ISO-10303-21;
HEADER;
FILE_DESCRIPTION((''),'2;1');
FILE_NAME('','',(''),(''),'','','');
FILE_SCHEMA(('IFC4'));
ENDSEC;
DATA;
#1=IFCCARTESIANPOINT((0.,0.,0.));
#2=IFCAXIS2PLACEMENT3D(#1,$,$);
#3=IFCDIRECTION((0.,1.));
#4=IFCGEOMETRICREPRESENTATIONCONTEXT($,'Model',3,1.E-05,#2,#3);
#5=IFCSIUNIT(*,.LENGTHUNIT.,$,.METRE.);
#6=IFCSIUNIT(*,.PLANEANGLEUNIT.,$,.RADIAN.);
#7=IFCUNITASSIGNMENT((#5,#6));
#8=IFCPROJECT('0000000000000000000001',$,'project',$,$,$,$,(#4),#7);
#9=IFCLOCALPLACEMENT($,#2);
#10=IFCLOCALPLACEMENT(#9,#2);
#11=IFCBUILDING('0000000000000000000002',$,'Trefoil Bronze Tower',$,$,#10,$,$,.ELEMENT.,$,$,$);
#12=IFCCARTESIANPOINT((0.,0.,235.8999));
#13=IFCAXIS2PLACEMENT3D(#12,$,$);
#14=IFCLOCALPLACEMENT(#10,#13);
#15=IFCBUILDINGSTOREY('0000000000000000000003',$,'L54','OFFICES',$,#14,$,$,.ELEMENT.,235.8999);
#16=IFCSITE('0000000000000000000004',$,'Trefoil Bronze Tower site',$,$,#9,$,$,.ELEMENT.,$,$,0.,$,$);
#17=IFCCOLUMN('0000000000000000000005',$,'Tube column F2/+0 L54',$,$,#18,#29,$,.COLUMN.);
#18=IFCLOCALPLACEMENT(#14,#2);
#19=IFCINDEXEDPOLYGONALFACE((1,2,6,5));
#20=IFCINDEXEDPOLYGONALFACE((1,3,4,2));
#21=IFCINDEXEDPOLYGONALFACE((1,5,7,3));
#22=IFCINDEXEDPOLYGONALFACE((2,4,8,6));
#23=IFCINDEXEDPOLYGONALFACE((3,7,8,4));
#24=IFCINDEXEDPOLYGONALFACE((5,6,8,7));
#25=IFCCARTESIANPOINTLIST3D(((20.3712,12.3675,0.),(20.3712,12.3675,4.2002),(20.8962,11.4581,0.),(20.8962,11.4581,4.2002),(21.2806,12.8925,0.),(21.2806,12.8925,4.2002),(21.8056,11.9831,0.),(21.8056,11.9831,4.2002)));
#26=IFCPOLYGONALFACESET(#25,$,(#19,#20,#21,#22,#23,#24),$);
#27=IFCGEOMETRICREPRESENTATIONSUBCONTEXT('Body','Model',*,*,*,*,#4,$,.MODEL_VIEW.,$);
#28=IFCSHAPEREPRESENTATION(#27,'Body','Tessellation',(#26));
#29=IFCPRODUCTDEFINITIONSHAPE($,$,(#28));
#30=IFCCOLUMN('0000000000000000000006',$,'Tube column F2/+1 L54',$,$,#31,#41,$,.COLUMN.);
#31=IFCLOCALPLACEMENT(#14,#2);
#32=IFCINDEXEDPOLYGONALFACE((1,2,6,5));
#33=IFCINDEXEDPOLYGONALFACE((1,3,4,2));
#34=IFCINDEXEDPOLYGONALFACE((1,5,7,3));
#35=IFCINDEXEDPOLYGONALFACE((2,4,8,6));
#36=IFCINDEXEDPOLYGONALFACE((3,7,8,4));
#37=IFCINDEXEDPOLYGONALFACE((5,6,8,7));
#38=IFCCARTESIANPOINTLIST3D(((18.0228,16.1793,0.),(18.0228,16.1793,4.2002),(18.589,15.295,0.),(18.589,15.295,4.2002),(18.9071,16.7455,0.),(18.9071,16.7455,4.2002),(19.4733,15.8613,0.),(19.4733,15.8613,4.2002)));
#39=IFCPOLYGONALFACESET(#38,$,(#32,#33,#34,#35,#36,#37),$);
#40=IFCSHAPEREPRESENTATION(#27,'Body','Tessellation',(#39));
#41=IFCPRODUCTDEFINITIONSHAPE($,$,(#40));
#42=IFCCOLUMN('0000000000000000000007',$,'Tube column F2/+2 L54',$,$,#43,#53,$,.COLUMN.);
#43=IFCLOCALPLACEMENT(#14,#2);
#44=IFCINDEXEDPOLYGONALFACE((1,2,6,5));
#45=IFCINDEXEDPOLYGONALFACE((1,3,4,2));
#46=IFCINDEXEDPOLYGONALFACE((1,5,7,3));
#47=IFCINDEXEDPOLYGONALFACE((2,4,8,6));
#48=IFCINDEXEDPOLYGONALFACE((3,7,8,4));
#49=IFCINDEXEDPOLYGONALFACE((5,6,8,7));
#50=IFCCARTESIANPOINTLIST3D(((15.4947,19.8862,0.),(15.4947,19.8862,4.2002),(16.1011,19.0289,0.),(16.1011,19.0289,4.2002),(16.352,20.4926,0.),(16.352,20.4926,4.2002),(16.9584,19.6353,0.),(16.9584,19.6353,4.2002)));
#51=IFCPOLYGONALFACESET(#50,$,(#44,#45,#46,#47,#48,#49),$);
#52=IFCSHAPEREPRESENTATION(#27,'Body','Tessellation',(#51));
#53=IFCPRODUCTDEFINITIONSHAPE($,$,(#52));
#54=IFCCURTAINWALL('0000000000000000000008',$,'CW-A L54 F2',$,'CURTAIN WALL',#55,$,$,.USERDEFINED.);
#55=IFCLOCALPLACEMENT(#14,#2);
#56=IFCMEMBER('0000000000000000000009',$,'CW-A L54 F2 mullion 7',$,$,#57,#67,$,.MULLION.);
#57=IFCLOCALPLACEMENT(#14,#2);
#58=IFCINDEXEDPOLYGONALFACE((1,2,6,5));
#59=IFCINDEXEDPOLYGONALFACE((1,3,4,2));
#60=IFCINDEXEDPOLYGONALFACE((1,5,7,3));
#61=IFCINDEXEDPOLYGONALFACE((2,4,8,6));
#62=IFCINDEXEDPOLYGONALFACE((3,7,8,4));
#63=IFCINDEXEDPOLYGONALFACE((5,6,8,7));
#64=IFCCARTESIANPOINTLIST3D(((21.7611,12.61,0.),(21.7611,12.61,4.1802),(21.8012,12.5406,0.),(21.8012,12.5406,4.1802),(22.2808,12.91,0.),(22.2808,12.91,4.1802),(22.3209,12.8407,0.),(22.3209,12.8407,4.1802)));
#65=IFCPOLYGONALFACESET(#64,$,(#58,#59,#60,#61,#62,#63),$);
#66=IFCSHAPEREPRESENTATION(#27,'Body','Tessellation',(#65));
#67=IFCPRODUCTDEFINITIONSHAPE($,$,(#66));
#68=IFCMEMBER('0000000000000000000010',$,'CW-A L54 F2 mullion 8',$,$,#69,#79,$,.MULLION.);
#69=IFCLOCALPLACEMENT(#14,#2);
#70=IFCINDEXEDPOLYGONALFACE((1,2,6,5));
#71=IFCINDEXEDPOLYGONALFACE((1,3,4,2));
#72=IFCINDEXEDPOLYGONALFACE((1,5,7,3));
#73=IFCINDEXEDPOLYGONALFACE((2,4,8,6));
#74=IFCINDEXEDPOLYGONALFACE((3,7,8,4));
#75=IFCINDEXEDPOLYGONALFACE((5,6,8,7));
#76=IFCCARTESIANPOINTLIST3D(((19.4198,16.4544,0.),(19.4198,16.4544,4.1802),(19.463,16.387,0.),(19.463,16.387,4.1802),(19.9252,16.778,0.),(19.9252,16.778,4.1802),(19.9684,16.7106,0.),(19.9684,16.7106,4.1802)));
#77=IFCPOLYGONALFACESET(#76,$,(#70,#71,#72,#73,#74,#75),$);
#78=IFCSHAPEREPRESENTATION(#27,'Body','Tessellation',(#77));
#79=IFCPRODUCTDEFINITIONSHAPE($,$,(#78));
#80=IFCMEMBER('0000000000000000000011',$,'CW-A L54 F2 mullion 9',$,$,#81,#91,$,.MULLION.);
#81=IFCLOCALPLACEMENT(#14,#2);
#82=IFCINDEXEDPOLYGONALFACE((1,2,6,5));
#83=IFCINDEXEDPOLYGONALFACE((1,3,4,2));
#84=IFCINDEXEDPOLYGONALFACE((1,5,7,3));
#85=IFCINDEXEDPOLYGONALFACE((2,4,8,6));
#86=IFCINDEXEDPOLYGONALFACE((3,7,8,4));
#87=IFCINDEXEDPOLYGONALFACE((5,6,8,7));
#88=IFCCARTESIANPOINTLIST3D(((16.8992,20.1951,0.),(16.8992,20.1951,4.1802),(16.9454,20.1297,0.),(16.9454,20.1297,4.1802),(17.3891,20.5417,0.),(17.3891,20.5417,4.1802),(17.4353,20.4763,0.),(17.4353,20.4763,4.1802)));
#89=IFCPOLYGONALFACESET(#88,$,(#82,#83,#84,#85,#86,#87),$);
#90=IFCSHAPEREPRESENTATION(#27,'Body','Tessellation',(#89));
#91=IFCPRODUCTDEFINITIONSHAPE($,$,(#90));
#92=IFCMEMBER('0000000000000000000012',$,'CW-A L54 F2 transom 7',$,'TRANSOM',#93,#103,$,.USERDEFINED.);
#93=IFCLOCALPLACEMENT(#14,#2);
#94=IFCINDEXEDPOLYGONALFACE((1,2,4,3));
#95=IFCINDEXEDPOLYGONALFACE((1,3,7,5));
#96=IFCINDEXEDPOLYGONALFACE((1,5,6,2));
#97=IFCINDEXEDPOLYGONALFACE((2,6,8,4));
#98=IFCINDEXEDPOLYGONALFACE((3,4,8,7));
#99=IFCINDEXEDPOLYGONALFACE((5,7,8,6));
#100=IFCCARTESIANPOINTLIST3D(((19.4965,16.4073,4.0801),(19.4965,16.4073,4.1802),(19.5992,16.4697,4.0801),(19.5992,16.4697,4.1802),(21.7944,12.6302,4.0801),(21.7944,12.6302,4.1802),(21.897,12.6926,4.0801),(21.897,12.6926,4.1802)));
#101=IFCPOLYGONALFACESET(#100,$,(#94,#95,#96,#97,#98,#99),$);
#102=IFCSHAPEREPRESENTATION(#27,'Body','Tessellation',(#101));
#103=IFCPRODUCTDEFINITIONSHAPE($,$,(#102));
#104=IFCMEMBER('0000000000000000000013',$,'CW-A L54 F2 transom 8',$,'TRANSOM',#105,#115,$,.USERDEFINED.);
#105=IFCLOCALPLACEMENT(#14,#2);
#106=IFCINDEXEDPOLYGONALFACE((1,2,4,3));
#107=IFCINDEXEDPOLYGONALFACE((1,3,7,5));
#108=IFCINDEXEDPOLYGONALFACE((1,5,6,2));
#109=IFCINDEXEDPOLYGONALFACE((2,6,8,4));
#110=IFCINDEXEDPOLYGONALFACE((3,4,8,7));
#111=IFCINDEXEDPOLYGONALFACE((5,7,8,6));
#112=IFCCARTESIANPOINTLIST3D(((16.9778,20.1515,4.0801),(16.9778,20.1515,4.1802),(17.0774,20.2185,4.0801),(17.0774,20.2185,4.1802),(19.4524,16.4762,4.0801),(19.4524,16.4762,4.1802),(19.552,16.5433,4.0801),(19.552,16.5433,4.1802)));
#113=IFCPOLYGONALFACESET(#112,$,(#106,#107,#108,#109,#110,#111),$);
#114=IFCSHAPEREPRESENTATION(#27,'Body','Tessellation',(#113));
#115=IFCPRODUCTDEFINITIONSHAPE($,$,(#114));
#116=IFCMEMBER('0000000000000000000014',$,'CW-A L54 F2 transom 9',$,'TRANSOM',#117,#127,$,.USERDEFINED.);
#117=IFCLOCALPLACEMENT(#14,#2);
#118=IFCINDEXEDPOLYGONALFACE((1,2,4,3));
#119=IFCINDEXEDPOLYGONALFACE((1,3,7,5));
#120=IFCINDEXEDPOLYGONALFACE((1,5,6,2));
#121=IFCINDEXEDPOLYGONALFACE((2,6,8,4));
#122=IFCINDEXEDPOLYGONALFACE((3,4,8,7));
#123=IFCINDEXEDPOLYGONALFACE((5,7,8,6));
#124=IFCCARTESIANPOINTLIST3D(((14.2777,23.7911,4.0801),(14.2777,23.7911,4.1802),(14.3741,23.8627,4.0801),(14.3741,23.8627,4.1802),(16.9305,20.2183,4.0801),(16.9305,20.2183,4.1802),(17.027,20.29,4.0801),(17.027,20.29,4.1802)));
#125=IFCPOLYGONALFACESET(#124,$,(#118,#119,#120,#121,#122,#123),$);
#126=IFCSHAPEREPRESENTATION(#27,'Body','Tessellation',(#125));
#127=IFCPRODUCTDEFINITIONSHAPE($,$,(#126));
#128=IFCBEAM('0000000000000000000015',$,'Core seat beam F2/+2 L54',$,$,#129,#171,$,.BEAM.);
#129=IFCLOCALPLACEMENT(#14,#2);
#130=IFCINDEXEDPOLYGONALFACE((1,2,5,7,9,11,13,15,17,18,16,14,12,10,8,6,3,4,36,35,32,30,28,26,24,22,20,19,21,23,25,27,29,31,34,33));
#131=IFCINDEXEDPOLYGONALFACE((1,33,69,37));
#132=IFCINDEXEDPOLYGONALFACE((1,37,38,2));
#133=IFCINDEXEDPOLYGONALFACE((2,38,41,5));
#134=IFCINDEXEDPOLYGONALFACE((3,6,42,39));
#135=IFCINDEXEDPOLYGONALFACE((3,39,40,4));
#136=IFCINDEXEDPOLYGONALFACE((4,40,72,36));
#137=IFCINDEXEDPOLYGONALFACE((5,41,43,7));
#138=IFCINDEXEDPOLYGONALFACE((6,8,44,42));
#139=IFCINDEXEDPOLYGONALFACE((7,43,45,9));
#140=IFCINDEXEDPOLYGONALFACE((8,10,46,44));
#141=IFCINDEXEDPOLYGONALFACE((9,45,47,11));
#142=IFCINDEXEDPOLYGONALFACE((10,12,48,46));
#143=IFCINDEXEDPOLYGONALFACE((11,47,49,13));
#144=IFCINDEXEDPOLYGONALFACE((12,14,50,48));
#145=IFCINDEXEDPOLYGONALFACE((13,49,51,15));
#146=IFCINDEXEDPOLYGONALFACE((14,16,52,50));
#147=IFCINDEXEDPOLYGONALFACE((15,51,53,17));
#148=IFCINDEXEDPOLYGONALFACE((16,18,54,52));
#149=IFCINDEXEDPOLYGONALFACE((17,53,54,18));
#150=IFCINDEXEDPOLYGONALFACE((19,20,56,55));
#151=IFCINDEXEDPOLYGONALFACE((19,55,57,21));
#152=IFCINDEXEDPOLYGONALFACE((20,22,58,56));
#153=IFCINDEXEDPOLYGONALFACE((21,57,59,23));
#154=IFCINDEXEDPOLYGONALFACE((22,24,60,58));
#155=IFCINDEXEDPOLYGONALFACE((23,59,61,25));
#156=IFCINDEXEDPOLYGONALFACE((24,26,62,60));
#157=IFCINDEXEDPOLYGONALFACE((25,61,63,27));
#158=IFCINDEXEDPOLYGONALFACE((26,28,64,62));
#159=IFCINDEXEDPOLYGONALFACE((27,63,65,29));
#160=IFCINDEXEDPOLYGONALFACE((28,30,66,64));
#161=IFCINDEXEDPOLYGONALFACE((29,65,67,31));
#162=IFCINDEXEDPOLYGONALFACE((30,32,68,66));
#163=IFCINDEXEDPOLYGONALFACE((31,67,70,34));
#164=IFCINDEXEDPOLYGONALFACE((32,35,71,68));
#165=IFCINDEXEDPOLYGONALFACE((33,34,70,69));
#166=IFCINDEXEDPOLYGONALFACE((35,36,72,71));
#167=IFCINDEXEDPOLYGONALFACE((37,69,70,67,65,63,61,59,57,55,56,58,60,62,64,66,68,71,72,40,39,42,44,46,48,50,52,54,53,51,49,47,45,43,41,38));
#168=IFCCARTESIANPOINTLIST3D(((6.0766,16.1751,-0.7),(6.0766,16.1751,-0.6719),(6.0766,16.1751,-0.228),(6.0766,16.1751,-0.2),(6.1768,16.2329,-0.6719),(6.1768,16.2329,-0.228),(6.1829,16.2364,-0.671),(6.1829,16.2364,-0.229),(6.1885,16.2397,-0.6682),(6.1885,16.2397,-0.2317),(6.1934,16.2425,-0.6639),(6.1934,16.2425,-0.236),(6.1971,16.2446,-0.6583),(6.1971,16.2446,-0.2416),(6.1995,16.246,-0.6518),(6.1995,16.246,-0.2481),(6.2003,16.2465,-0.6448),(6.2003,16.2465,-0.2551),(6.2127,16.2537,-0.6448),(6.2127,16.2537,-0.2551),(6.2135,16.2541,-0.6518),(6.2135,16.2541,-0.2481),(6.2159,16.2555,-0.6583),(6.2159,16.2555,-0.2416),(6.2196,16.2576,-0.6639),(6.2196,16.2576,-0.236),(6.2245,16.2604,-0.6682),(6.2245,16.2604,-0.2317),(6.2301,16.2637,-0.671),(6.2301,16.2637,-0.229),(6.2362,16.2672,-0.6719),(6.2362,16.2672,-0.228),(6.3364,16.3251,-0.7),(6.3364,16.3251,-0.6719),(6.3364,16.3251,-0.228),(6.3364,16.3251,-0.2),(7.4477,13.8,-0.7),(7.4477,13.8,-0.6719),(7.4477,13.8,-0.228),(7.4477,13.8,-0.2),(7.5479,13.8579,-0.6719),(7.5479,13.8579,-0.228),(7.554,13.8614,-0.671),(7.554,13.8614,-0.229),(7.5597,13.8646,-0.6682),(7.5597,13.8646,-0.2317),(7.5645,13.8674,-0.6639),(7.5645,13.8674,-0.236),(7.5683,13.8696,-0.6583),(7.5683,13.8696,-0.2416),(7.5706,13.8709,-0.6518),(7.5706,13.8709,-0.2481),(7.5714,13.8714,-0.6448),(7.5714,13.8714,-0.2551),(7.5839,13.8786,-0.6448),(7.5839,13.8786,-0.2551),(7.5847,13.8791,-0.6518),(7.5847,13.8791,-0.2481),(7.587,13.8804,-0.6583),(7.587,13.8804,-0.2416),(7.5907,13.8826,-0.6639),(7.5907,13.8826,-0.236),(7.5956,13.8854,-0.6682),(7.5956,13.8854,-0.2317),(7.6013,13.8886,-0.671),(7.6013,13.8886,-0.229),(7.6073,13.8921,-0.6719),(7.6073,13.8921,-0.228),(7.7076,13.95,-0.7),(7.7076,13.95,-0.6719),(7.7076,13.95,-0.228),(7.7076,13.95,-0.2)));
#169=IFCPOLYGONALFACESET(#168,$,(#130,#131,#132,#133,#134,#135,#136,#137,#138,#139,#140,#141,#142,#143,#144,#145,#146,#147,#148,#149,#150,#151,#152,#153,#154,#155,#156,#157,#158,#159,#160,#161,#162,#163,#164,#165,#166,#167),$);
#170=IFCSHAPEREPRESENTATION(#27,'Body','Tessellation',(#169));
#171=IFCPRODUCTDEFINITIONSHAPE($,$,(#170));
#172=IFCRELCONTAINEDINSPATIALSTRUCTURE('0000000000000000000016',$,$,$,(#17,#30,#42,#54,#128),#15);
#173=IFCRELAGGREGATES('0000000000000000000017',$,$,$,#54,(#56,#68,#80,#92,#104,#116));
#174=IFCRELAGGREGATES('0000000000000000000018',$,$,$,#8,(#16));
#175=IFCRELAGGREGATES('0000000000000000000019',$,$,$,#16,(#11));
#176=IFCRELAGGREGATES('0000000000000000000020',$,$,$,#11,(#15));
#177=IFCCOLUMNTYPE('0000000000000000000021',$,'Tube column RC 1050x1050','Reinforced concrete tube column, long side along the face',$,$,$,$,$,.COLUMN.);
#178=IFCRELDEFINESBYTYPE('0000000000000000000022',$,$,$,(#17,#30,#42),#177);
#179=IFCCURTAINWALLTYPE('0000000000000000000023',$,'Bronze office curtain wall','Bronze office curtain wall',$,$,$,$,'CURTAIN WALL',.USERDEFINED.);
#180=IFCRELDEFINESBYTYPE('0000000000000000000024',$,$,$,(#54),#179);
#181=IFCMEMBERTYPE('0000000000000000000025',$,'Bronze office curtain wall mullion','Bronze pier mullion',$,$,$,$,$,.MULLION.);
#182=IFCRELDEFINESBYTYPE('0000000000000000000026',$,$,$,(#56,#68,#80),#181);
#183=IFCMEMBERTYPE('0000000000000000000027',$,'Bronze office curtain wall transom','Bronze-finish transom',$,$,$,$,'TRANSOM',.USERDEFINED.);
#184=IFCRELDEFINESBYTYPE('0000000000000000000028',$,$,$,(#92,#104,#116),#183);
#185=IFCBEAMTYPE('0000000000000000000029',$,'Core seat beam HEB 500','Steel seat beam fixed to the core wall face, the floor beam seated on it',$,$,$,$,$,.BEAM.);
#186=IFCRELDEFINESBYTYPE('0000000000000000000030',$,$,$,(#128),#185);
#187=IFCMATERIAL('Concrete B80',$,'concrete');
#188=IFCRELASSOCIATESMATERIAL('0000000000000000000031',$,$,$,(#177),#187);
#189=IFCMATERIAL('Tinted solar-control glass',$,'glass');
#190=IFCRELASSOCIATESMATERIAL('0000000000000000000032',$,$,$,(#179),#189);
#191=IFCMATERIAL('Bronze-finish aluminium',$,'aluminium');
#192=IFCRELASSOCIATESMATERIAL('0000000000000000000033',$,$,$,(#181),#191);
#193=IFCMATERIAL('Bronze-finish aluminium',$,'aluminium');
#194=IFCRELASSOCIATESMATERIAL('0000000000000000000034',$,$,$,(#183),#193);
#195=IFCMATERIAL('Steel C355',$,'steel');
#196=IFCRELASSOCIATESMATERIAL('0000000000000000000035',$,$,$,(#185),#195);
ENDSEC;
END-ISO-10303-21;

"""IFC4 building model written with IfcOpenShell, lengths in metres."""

from ifc_helpers import new_model, si_unit, direction, frame, origin, origin_2d, place, context, subcontext, project, spatial, rectangle, i_section, extrude, material, material_profile, profile_set, type_object, element, aggregate, save


model = new_model("IFC4")

# Units and contexts
model_context = context("Model", 3, precision=1e-05, world=origin(), true_north=direction((0.0, 1.0)))
body_context = subcontext(model_context, "Body", "Model", "MODEL_VIEW")
ifc_project = project(units=[si_unit("LENGTHUNIT", "METRE"), si_unit("PLANEANGLEUNIT", "RADIAN")], contexts=[model_context])

# Site, building, storey
site_placement = place(None, origin())
site = spatial("IfcSite", under=ifc_project, at=site_placement, Name="Trefoil Bronze Tower site", CompositionType="ELEMENT", RefElevation=0.0)
building_placement = place(site_placement, origin())
building = spatial("IfcBuilding", under=site, at=building_placement, Name="Trefoil Bronze Tower", CompositionType="ELEMENT")
storey_placement = place(building_placement, frame((0.0, 0.0, 235.8999)))
storey = spatial("IfcBuildingStorey", under=building, at=storey_placement, Name="L54", Description="OFFICES", CompositionType="ELEMENT", Elevation=235.8999)

# Columns
ifc_material_1 = material(Name="Concrete B80", Category="concrete")
ifc_material_profile_1 = material_profile(ifc_material_1, rectangle(XDim=1.05, YDim=1.05, at=origin_2d()), Name="RC 1050x1050")
ifc_profile_set_1 = profile_set([ifc_material_profile_1], Name="Concrete B80")
column_type = type_object("IfcColumnType", Name="Tube column RC 1050x1050", Description="Reinforced concrete tube column, long side along the face", PredefinedType="COLUMN", material=ifc_profile_set_1)
for number, where, z_axis, x_axis, name in (
    (1, (21.0884, 12.1753, 0.0), (0.0, 0.0, 1.0), (-0.5, 0.866025, 0.0), "Tube column F2/+0 L54"),
    (2, (18.748, 16.0203, 0.0), (0.0, 0.0, 1.0), (-0.53927, 0.842133, 0.0), "Tube column F2/+1 L54"),
    (3, (16.2266, 19.7607, 0.0), (0.0, 0.0, 1.0), (-0.577481, 0.816404, 0.0), "Tube column F2/+2 L54"),
):
    element("IfcColumn", number, at=place(storey_placement, frame(where, z_axis=z_axis, x_axis=x_axis)), inside=storey, type_object=column_type, Name=name, PredefinedType="COLUMN", context=body_context, shape_type="SweptSolid", body=[
        extrude(rectangle(XDim=1.05, YDim=1.05, at=origin_2d()), origin(), (0.0, 0.0, 1.0), 4.2002),
    ])

# Curtain wall, members
ifc_material_2 = material(Name="Tinted solar-control glass", Category="glass")
curtain_wall_type = type_object("IfcCurtainWallType", Name="Bronze office curtain wall", Description="Bronze office curtain wall", ElementType="CURTAIN WALL", PredefinedType="USERDEFINED", material=ifc_material_2)
curtain_wall_placement = place(storey_placement, origin())
curtain_wall = element("IfcCurtainWall", 4, at=curtain_wall_placement, inside=storey, type_object=curtain_wall_type, Name="CW-A L54 F2", ObjectType="CURTAIN WALL", PredefinedType="USERDEFINED")
ifc_material_3 = material(Name="Bronze-finish aluminium", Category="aluminium")
ifc_material_profile_2 = material_profile(ifc_material_3, rectangle(XDim=0.6001, YDim=0.0801, at=origin_2d()), Name="CW-A mullion")
ifc_profile_set_2 = profile_set([ifc_material_profile_2], Name="Bronze-finish aluminium")
member_type_1 = type_object("IfcMemberType", Name="Bronze office curtain wall mullion", Description="Bronze pier mullion", PredefinedType="MULLION", material=ifc_profile_set_2)
member_1_placement = place(storey_placement, frame((22.041, 12.7253, 0.0), z_axis=(0.0, 0.0, 1.0), x_axis=(-0.866025, -0.5, 0.0)))
member_1 = element("IfcMember", 5, at=member_1_placement, type_object=member_type_1, Name="CW-A L54 F2 mullion 7", PredefinedType="MULLION", context=body_context, shape_type="SweptSolid", body=[
    extrude(rectangle(XDim=0.6001, YDim=0.0801, at=origin_2d()), origin(), (0.0, 0.0, 1.0), 4.1802),
])
member_2_placement = place(storey_placement, frame((19.6941, 16.5825, 0.0), z_axis=(0.0, 0.0, 1.0), x_axis=(-0.842133, -0.53927, 0.0)))
member_2 = element("IfcMember", 6, at=member_2_placement, type_object=member_type_1, Name="CW-A L54 F2 mullion 8", PredefinedType="MULLION", context=body_context, shape_type="SweptSolid", body=[
    extrude(rectangle(XDim=0.6001, YDim=0.0801, at=origin_2d()), origin(), (0.0, 0.0, 1.0), 4.1802),
])
member_3_placement = place(storey_placement, frame((17.1672, 20.3357, 0.0), z_axis=(0.0, 0.0, 1.0), x_axis=(-0.816404, -0.577481, 0.0)))
member_3 = element("IfcMember", 7, at=member_3_placement, type_object=member_type_1, Name="CW-A L54 F2 mullion 9", PredefinedType="MULLION", context=body_context, shape_type="SweptSolid", body=[
    extrude(rectangle(XDim=0.6001, YDim=0.0801, at=origin_2d()), origin(), (0.0, 0.0, 1.0), 4.1802),
])
ifc_material_4 = material(Name="Bronze-finish aluminium", Category="aluminium")
ifc_material_profile_3 = material_profile(ifc_material_4, rectangle(XDim=0.1201, YDim=0.1001, at=origin_2d()), Name="CW-A transom")
ifc_profile_set_3 = profile_set([ifc_material_profile_3], Name="Bronze-finish aluminium")
member_type_2 = type_object("IfcMemberType", Name="Bronze office curtain wall transom", Description="Bronze-finish transom", ElementType="TRANSOM", PredefinedType="USERDEFINED", material=ifc_profile_set_3)
member_4_placement = place(storey_placement, frame((21.8457, 12.6614, 4.1301), z_axis=(-0.51974, 0.854324, 0.0), x_axis=(-0.854324, -0.51974, 0.0)))
member_4 = element("IfcMember", 8, at=member_4_placement, type_object=member_type_2, Name="CW-A L54 F2 transom 7", ObjectType="TRANSOM", PredefinedType="USERDEFINED", context=body_context, shape_type="SweptSolid", body=[
    extrude(rectangle(XDim=0.1201, YDim=0.1001, at=origin_2d()), origin(), (0.0, 0.0, 1.0), 4.4211),
])
member_5_placement = place(storey_placement, frame((19.5022, 16.5098, 4.1301), z_axis=(-0.558509, 0.829498, 0.0), x_axis=(-0.829498, -0.558509, 0.0)))
member_5 = element("IfcMember", 9, at=member_5_placement, type_object=member_type_2, Name="CW-A L54 F2 transom 8", ObjectType="TRANSOM", PredefinedType="USERDEFINED", context=body_context, shape_type="SweptSolid", body=[
    extrude(rectangle(XDim=0.1201, YDim=0.1001, at=origin_2d()), origin(), (0.0, 0.0, 1.0), 4.4307),
])
member_6_placement = place(storey_placement, frame((16.9788, 20.2542, 4.1301), z_axis=(-0.596148, 0.802874, 0.0), x_axis=(-0.802874, -0.596148, 0.0)))
member_6 = element("IfcMember", 10, at=member_6_placement, type_object=member_type_2, Name="CW-A L54 F2 transom 9", ObjectType="TRANSOM", PredefinedType="USERDEFINED", context=body_context, shape_type="SweptSolid", body=[
    extrude(rectangle(XDim=0.1201, YDim=0.1001, at=origin_2d()), origin(), (0.0, 0.0, 1.0), 4.45),
])

# Beam
ifc_material_5 = material(Name="Steel C355", Category="steel")
ifc_material_profile_4 = material_profile(ifc_material_5, i_section(OverallWidth=0.3, OverallDepth=0.5, WebThickness=0.0144, FlangeThickness=0.0281, FilletRadius=0.0271, at=origin_2d()), Name="HEB 500")
ifc_profile_set_4 = profile_set([ifc_material_profile_4], Name="Steel C355")
beam_type_1 = type_object("IfcBeamType", Name="Core seat beam HEB 500", Description="Steel seat beam fixed to the core wall face, the floor beam seated on it", PredefinedType="BEAM", material=ifc_profile_set_4)
beam_1_placement = place(storey_placement, frame((7.5776, 13.875, -0.45), z_axis=(-0.499969, 0.866043, 0.0), x_axis=(-0.866043, -0.499969, 0.0)))
element("IfcBeam", 11, at=beam_1_placement, inside=storey, type_object=beam_type_1, Name="Core seat beam F2/+2 L54", PredefinedType="BEAM", context=body_context, shape_type="SweptSolid", body=[
    extrude(i_section(OverallWidth=0.3, OverallDepth=0.5, WebThickness=0.0144, FlangeThickness=0.0281, FilletRadius=0.0271, at=origin_2d()), origin(), (0.0, 0.0, 1.0), 2.7424),
])

aggregate(curtain_wall, [member_1, member_2, member_3, member_4, member_5, member_6])

save(model, "model.ifc")
